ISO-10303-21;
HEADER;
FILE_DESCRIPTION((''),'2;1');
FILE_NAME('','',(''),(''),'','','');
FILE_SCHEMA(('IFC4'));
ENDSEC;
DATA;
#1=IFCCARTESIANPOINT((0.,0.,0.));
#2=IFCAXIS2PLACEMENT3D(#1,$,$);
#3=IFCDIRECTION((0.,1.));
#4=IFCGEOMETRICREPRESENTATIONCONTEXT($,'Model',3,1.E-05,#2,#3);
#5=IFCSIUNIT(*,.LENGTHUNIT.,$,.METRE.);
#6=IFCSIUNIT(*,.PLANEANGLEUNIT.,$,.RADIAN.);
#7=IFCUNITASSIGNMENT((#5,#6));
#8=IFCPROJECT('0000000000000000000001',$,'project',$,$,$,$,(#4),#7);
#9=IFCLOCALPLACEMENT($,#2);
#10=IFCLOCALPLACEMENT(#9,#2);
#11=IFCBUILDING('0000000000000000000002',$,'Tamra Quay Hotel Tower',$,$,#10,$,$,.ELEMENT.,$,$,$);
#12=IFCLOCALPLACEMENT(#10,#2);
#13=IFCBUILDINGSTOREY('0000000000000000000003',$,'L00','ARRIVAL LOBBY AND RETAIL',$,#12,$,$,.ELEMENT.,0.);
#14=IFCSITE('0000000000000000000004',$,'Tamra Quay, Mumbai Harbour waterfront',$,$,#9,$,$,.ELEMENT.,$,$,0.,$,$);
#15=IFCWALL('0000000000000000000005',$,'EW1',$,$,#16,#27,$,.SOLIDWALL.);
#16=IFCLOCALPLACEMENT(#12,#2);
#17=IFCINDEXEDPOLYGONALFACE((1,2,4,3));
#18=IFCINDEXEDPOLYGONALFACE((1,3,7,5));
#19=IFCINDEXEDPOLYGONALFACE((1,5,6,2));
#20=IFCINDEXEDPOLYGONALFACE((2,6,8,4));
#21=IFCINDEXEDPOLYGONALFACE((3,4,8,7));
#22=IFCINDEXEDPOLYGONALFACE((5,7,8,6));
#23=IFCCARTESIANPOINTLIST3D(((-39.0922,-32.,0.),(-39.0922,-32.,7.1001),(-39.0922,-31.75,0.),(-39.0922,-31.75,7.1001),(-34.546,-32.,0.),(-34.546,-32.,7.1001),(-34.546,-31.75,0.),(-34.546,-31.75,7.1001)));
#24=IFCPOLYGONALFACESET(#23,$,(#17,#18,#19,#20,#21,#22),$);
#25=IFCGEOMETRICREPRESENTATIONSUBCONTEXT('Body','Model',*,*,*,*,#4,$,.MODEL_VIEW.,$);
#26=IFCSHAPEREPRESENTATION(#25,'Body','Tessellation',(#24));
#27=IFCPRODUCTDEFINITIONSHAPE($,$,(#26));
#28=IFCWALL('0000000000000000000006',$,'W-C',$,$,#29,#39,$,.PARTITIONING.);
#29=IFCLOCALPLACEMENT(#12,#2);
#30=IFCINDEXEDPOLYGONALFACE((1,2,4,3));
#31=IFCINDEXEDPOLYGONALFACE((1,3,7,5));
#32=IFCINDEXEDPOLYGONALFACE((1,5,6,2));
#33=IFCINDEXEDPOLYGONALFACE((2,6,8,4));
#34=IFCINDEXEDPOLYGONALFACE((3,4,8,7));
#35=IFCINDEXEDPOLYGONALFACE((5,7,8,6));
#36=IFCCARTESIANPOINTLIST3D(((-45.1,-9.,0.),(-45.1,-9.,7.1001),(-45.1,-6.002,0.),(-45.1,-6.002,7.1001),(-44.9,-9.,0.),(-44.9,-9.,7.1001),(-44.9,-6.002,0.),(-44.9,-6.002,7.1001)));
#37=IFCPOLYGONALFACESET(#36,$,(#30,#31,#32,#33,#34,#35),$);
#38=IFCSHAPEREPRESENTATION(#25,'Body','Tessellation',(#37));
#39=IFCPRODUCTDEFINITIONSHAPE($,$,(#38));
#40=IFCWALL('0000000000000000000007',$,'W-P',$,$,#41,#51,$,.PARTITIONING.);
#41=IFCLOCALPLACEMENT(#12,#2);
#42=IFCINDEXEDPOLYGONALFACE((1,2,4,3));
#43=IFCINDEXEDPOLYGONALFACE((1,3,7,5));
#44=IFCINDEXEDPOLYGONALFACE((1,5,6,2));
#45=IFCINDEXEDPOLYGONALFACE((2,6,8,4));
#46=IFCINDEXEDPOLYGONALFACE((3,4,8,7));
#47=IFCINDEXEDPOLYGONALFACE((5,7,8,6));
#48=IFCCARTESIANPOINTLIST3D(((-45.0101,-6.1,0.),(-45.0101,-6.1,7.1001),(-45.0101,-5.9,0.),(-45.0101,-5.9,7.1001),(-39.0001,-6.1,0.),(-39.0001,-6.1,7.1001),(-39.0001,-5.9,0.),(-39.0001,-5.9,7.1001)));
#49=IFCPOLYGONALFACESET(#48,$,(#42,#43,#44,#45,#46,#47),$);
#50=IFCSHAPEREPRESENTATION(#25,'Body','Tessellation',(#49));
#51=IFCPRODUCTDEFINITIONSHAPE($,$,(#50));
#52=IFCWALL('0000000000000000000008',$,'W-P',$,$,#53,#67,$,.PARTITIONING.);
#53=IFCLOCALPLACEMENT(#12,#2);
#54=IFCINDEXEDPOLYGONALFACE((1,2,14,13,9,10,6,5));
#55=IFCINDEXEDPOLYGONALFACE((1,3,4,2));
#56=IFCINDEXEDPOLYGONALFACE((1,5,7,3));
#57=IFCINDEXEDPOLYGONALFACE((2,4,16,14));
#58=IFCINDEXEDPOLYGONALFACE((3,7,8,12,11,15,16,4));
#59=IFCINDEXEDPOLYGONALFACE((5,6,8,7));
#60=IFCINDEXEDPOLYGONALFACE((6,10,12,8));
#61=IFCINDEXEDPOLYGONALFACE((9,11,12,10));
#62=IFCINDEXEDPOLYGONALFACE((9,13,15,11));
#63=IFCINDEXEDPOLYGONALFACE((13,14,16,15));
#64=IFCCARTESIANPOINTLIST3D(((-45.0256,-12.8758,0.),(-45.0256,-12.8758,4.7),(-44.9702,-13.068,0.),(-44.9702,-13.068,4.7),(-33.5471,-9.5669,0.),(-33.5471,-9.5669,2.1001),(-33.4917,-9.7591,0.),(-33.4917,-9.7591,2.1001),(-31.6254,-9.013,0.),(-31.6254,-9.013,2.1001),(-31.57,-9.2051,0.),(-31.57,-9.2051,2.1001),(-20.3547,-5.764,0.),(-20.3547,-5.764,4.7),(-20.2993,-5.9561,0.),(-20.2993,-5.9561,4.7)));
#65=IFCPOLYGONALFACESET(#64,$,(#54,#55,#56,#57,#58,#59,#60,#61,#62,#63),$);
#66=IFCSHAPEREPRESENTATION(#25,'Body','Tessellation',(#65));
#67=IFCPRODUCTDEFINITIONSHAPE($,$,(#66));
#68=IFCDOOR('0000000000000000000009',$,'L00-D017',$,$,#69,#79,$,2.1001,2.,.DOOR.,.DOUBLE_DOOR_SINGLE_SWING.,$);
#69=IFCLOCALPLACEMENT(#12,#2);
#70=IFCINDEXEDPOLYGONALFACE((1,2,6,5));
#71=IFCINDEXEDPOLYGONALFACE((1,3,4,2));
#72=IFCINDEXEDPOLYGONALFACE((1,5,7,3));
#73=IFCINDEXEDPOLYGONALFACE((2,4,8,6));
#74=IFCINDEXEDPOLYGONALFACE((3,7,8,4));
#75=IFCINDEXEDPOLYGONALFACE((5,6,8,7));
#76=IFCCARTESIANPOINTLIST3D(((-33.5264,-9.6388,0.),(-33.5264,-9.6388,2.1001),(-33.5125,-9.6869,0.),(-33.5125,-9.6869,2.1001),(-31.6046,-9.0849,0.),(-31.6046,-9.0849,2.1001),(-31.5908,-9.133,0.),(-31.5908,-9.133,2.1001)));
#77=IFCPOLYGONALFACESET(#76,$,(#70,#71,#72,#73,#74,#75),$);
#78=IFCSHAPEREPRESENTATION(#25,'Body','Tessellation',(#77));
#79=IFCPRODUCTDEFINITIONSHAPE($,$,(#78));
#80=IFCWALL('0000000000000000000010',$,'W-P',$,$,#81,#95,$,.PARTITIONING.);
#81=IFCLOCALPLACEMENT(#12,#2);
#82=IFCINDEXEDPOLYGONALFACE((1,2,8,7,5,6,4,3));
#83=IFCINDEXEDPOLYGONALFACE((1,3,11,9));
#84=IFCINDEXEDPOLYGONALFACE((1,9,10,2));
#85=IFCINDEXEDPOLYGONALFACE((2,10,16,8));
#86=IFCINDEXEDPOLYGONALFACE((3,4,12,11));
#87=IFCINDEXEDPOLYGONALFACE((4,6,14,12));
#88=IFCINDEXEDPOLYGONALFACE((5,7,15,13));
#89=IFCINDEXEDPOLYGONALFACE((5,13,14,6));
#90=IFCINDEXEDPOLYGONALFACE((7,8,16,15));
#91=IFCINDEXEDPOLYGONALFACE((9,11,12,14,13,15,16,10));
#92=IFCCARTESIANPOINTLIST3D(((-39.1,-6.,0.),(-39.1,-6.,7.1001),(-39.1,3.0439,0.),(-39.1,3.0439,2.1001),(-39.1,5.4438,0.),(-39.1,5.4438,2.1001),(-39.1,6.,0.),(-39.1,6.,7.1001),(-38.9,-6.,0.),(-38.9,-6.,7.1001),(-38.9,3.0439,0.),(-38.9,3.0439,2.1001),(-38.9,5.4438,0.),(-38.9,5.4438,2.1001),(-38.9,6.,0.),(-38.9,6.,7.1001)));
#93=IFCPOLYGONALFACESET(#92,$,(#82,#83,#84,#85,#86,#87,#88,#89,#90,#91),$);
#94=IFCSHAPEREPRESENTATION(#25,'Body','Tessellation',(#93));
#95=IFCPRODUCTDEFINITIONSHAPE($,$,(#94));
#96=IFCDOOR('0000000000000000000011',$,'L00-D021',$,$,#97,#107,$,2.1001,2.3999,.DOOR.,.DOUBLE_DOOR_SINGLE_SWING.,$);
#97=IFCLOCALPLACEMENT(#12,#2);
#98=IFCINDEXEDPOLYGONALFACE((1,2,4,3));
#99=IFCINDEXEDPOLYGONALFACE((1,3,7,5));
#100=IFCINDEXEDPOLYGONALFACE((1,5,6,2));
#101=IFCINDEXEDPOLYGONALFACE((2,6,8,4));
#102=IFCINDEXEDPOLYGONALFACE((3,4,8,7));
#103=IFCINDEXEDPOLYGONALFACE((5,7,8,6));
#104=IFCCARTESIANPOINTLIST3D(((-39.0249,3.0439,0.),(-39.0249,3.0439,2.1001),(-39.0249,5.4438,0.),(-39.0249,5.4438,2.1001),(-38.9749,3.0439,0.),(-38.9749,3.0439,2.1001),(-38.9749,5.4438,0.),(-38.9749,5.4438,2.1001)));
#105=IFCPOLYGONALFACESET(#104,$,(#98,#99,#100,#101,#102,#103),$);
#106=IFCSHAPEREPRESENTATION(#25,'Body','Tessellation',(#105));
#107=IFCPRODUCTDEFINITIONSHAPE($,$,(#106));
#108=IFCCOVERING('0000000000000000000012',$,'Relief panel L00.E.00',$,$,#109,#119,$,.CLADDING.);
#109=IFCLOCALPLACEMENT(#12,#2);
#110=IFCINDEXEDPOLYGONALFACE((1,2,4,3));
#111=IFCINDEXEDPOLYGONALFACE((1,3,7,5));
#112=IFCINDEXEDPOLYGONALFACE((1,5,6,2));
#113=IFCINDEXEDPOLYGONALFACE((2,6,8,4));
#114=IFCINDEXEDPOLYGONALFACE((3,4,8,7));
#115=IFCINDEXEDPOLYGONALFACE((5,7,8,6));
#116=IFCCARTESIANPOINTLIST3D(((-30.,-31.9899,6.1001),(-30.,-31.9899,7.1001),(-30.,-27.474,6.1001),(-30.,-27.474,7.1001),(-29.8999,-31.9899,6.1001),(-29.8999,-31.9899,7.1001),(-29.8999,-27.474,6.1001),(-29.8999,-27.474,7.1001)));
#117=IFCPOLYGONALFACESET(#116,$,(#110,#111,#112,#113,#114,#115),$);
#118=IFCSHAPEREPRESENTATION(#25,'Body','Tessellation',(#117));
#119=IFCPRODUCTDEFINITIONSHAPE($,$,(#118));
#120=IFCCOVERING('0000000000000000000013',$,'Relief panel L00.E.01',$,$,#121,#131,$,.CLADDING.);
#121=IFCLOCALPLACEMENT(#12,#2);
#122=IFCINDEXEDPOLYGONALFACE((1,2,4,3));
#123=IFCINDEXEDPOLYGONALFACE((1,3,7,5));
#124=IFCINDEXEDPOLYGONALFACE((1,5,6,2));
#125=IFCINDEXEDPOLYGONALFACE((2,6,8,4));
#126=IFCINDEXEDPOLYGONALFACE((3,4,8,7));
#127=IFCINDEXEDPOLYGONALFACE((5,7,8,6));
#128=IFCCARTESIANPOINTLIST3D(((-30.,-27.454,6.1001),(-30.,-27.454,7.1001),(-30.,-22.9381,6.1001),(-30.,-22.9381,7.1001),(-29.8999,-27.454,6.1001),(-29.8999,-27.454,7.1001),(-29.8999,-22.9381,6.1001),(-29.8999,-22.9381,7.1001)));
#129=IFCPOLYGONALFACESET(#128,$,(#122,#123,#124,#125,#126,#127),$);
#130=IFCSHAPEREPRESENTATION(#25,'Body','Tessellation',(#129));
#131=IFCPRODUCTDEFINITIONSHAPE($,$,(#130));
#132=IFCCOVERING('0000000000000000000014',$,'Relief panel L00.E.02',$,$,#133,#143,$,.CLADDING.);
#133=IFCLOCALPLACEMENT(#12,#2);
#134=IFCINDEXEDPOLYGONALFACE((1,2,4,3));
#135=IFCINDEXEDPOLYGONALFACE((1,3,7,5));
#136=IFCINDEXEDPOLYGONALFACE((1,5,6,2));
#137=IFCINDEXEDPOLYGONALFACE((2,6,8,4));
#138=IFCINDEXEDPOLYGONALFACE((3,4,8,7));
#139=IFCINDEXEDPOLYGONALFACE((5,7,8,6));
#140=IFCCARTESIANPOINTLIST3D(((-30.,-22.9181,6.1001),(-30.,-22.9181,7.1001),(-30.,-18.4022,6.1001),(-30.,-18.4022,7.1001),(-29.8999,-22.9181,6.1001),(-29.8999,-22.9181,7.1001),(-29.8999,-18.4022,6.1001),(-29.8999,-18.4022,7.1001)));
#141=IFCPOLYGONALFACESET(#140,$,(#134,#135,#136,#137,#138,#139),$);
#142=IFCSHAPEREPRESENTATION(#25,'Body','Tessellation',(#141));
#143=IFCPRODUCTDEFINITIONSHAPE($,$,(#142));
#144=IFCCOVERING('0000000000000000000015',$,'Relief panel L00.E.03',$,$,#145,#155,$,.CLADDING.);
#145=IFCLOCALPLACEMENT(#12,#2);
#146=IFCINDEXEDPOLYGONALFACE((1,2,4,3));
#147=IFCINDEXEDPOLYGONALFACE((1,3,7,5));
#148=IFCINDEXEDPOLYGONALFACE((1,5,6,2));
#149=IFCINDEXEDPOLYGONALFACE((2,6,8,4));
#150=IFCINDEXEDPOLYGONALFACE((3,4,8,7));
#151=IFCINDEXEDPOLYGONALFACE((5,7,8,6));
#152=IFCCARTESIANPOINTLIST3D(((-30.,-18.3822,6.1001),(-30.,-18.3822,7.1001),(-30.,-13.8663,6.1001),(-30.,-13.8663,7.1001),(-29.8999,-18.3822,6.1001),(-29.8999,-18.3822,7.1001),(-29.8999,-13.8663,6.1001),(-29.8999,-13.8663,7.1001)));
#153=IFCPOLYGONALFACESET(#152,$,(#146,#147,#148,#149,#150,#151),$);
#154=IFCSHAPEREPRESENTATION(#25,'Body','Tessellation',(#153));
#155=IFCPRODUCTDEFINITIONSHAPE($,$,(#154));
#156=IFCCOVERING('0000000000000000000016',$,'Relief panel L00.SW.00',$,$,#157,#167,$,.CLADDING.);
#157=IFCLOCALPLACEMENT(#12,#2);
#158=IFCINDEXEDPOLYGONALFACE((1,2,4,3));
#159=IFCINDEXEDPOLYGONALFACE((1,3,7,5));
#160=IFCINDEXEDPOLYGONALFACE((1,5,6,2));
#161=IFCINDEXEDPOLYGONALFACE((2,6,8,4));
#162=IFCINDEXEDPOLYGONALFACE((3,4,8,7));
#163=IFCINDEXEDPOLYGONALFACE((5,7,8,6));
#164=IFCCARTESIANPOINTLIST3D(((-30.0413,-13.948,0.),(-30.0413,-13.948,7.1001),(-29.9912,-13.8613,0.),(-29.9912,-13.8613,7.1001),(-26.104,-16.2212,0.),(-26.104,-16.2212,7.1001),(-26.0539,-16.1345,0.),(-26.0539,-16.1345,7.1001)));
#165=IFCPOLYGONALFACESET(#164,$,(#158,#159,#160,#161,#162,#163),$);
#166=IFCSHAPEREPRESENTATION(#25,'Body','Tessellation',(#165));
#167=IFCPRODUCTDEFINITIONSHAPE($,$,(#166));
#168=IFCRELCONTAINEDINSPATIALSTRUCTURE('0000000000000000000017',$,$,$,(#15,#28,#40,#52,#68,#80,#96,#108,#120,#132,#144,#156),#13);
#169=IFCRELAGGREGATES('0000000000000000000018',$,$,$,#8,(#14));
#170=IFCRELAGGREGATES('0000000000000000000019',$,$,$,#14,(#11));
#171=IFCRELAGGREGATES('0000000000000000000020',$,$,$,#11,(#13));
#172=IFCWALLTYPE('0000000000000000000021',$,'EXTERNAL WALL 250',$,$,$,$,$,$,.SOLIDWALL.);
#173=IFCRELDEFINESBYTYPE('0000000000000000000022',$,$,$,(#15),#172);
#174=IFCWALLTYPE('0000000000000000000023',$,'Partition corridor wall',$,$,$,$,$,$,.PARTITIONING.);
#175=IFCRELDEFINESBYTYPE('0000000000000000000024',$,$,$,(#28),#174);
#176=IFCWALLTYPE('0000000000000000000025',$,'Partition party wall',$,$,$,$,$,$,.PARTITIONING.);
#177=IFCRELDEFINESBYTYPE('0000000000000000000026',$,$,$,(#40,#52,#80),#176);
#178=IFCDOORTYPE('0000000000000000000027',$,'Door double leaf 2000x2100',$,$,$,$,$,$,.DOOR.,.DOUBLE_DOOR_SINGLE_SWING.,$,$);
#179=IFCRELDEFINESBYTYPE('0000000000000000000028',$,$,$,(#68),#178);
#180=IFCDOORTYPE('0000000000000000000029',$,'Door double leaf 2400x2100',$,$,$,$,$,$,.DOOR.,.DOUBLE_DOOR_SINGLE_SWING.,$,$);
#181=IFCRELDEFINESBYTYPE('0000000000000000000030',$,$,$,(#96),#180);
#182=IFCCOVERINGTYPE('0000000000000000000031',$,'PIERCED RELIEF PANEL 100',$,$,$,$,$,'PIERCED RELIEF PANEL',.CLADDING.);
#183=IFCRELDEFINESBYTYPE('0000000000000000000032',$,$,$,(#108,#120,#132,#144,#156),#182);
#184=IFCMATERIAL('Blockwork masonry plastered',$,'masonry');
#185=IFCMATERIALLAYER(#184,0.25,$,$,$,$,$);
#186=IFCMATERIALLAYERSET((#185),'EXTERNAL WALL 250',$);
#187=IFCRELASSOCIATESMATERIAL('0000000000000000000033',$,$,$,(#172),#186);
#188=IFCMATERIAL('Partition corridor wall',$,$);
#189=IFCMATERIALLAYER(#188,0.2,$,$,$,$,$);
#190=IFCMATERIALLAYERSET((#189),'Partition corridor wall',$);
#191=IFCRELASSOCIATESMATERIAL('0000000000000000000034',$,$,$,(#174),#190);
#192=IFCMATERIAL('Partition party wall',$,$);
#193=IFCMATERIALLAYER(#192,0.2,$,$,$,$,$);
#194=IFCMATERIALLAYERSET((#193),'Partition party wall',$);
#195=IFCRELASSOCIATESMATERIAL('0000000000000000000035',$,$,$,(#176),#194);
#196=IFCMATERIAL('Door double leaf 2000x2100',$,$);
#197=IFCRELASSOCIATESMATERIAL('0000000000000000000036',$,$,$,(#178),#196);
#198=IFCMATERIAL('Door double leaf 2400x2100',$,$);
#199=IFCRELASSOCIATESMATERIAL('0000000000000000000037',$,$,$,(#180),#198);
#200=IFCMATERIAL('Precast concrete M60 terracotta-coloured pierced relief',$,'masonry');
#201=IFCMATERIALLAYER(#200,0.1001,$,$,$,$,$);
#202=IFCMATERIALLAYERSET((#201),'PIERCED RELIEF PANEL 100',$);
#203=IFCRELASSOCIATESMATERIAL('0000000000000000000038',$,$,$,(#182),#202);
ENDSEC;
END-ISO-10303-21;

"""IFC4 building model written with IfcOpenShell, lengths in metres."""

from ifc_helpers import new_model, si_unit, direction, frame, frame_2d, origin, origin_2d, place, context, subcontext, project, spatial, rectangle, extrude, material, layer, layer_set, type_object, element, fill, save


model = new_model("IFC4")

# Units and contexts
model_context = context("Model", 3, precision=1e-05, world=origin(), true_north=direction((0.0, 1.0)))
body_context = subcontext(model_context, "Body", "Model", "MODEL_VIEW")
ifc_project = project(units=[si_unit("LENGTHUNIT", "METRE"), si_unit("PLANEANGLEUNIT", "RADIAN")], contexts=[model_context])

# Site, building, storey
site_placement = place(None, origin())
site = spatial("IfcSite", under=ifc_project, at=site_placement, Name="Tamra Quay, Mumbai Harbour waterfront", CompositionType="ELEMENT", RefElevation=0.0)
building_placement = place(site_placement, origin())
building = spatial("IfcBuilding", under=site, at=building_placement, Name="Tamra Quay Hotel Tower", CompositionType="ELEMENT")
storey_placement = place(building_placement, origin())
storey = spatial("IfcBuildingStorey", under=building, at=storey_placement, Name="L00", Description="ARRIVAL LOBBY AND RETAIL", CompositionType="ELEMENT", Elevation=0.0)

# Walls
ifc_material_1 = material(Name="Blockwork masonry plastered", Category="masonry")
ifc_layer_1 = layer(ifc_material_1, 0.25)
ifc_layer_set_1 = layer_set([ifc_layer_1], Name="EXTERNAL WALL 250")
wall_type_1 = type_object("IfcWallType", Name="EXTERNAL WALL 250", PredefinedType="SOLIDWALL", material=ifc_layer_set_1)
wall_1_placement = place(storey_placement, frame((-34.5461, -31.875, 0.0), z_axis=(0.0, 0.0, 1.0), x_axis=(-1.0, 0.0, 0.0)))
element("IfcWall", 1, at=wall_1_placement, inside=storey, type_object=wall_type_1, Name="EW1", PredefinedType="SOLIDWALL", context=body_context, shape_type="SweptSolid", body=[
    extrude(rectangle(XDim=4.5461, YDim=0.25, at=frame_2d((2.2729, 0.0))), origin(), (0.0, 0.0, 1.0), 7.1001),
])
ifc_material_2 = material(Name="Partition corridor wall")
ifc_layer_2 = layer(ifc_material_2, 0.2)
ifc_layer_set_2 = layer_set([ifc_layer_2], Name="Partition corridor wall")
wall_type_2 = type_object("IfcWallType", Name="Partition corridor wall", PredefinedType="PARTITIONING", material=ifc_layer_set_2)
wall_2_placement = place(storey_placement, frame((-45.0, -9.0, 0.0), z_axis=(0.0, 0.0, 1.0), x_axis=(0.0, 1.0, 0.0)))
element("IfcWall", 2, at=wall_2_placement, inside=storey, type_object=wall_type_2, Name="W-C", PredefinedType="PARTITIONING", context=body_context, shape_type="SweptSolid", body=[
    extrude(rectangle(XDim=2.998, YDim=0.2, at=frame_2d((1.499, 0.0))), origin(), (0.0, 0.0, 1.0), 7.1001),
])
ifc_material_3 = material(Name="Partition party wall")
ifc_layer_3 = layer(ifc_material_3, 0.2)
ifc_layer_set_3 = layer_set([ifc_layer_3], Name="Partition party wall")
wall_type_3 = type_object("IfcWallType", Name="Partition party wall", PredefinedType="PARTITIONING", material=ifc_layer_set_3)
wall_3_placement = place(storey_placement, frame((-45.01, -6.0, 0.0), z_axis=(0.0, 0.0, 1.0), x_axis=(1.0, 0.0, 0.0)))
element("IfcWall", 3, at=wall_3_placement, inside=storey, type_object=wall_type_3, Name="W-P", PredefinedType="PARTITIONING", context=body_context, shape_type="SweptSolid", body=[
    extrude(rectangle(XDim=6.01, YDim=0.2, at=frame_2d((3.0049, 0.0))), origin(), (0.0, 0.0, 1.0), 7.1001),
])

# Walls, openings, doors
wall_4_placement = place(storey_placement, frame((-44.998, -12.9719, 0.0), z_axis=(0.0, 0.0, 1.0), x_axis=(0.960873, 0.276988, 0.0)))
wall_4 = element("IfcWall", 4, at=wall_4_placement, inside=storey, type_object=wall_type_3, Name="W-P", PredefinedType="PARTITIONING", context=body_context, shape_type="SweptSolid", body=[
    extrude(rectangle(XDim=25.6755, YDim=0.2, at=frame_2d((12.8379, 0.0))), origin(), (0.0, 0.0, 1.0), 4.7),
])
opening_1_placement = place(wall_4_placement, frame((11.946, 0.0, 0.0)))
opening_1 = element("IfcOpeningElement", 5, at=opening_1_placement, cuts=wall_4, PredefinedType="OPENING", context=body_context, shape_type="SweptSolid", body=[
    extrude(rectangle(XDim=2.0, YDim=2.1001, at=frame_2d((1.0, 1.05))), frame((0.0, 0.1099, 0.0), z_axis=(0.0, -1.0, 0.0), x_axis=(1.0, 0.0, 0.0)), (0.0, 0.0, 1.0), 0.22),
])
ifc_material_4 = material(Name="Door double leaf 2000x2100")
door_type_1 = type_object("IfcDoorType", Name="Door double leaf 2000x2100", OperationType="DOUBLE_DOOR_SINGLE_SWING", PredefinedType="DOOR", material=ifc_material_4)
door_1_placement = place(opening_1_placement, frame((2.0, 0.0, 0.0), z_axis=(0.0, 0.0, 1.0), x_axis=(-1.0, 0.0, 0.0)))
door_1 = element("IfcDoor", 6, at=door_1_placement, inside=storey, type_object=door_type_1, Name="L00-D017", OperationType="DOUBLE_DOOR_SINGLE_SWING", OverallHeight=2.1001, OverallWidth=2.0, PredefinedType="DOOR", context=body_context, shape_type="SweptSolid", body=[
    extrude(rectangle(XDim=2.0, YDim=2.1001, at=frame_2d((1.0, 1.05))), frame((0.0, 0.0249, 0.0), z_axis=(0.0, -1.0, 0.0), x_axis=(1.0, 0.0, 0.0)), (0.0, 0.0, 1.0), 0.05),
])
fill(opening_1, door_1)
wall_5_placement = place(storey_placement, frame((-39.0, -6.0, 0.0), z_axis=(0.0, 0.0, 1.0), x_axis=(0.0, 1.0, 0.0)))
wall_5 = element("IfcWall", 7, at=wall_5_placement, inside=storey, type_object=wall_type_3, Name="W-P", PredefinedType="PARTITIONING", context=body_context, shape_type="SweptSolid", body=[
    extrude(rectangle(XDim=12.0, YDim=0.2, at=frame_2d((6.0, 0.0))), origin(), (0.0, 0.0, 1.0), 7.1001),
])
opening_2_placement = place(wall_5_placement, frame((9.0439, 0.0, 0.0)))
opening_2 = element("IfcOpeningElement", 8, at=opening_2_placement, cuts=wall_5, PredefinedType="OPENING", context=body_context, shape_type="SweptSolid", body=[
    extrude(rectangle(XDim=2.3999, YDim=2.1001, at=frame_2d((1.2, 1.05))), frame((0.0, 0.1099, 0.0), z_axis=(0.0, -1.0, 0.0), x_axis=(1.0, 0.0, 0.0)), (0.0, 0.0, 1.0), 0.22),
])
ifc_material_5 = material(Name="Door double leaf 2400x2100")
door_type_2 = type_object("IfcDoorType", Name="Door double leaf 2400x2100", OperationType="DOUBLE_DOOR_SINGLE_SWING", PredefinedType="DOOR", material=ifc_material_5)
door_2_placement = place(opening_2_placement, origin())
door_2 = element("IfcDoor", 9, at=door_2_placement, inside=storey, type_object=door_type_2, Name="L00-D021", OperationType="DOUBLE_DOOR_SINGLE_SWING", OverallHeight=2.1001, OverallWidth=2.3999, PredefinedType="DOOR", context=body_context, shape_type="SweptSolid", body=[
    extrude(rectangle(XDim=2.3999, YDim=2.1001, at=frame_2d((1.2, 1.05))), frame((0.0, 0.0249, 0.0), z_axis=(0.0, -1.0, 0.0), x_axis=(1.0, 0.0, 0.0)), (0.0, 0.0, 1.0), 0.05),
])
fill(opening_2, door_2)

# Coverings
ifc_material_6 = material(Name="Precast concrete M60 terracotta-coloured pierced relief", Category="masonry")
ifc_layer_4 = layer(ifc_material_6, 0.1001)
ifc_layer_set_4 = layer_set([ifc_layer_4], Name="PIERCED RELIEF PANEL 100")
covering_type = type_object("IfcCoveringType", Name="PIERCED RELIEF PANEL 100", ElementType="PIERCED RELIEF PANEL", PredefinedType="CLADDING", material=ifc_layer_set_4)
for number, where, z_axis, x_axis, name in (
    (10, (-29.95, -29.7319, 6.1001), (0.0, 0.0, 1.0), (0.0, 1.0, 0.0), "Relief panel L00.E.00"),
    (11, (-29.95, -25.196, 6.1001), (0.0, 0.0, 1.0), (0.0, 1.0, 0.0), "Relief panel L00.E.01"),
    (12, (-29.95, -20.6602, 6.1001), (0.0, 0.0, 1.0), (0.0, 1.0, 0.0), "Relief panel L00.E.02"),
    (13, (-29.95, -16.1243, 6.1001), (0.0, 0.0, 1.0), (0.0, 1.0, 0.0), "Relief panel L00.E.03"),
):
    element("IfcCovering", number, at=place(storey_placement, frame(where, z_axis=z_axis, x_axis=x_axis)), inside=storey, type_object=covering_type, Name=name, PredefinedType="CLADDING", context=body_context, shape_type="SweptSolid", body=[
        extrude(rectangle(XDim=4.5159, YDim=0.1001, at=origin_2d()), origin(), (0.0, 0.0, 1.0), 1.0),
    ])
covering_placement = place(storey_placement, frame((-28.0476, -15.0413, 0.0), z_axis=(0.0, 0.0, 1.0), x_axis=(0.866025, -0.5, 0.0)))
element("IfcCovering", 14, at=covering_placement, inside=storey, type_object=covering_type, Name="Relief panel L00.SW.00", PredefinedType="CLADDING", context=body_context, shape_type="SweptSolid", body=[
    extrude(rectangle(XDim=4.5464, YDim=0.1001, at=origin_2d()), origin(), (0.0, 0.0, 1.0), 7.1001),
])

save(model, "model.ifc")
